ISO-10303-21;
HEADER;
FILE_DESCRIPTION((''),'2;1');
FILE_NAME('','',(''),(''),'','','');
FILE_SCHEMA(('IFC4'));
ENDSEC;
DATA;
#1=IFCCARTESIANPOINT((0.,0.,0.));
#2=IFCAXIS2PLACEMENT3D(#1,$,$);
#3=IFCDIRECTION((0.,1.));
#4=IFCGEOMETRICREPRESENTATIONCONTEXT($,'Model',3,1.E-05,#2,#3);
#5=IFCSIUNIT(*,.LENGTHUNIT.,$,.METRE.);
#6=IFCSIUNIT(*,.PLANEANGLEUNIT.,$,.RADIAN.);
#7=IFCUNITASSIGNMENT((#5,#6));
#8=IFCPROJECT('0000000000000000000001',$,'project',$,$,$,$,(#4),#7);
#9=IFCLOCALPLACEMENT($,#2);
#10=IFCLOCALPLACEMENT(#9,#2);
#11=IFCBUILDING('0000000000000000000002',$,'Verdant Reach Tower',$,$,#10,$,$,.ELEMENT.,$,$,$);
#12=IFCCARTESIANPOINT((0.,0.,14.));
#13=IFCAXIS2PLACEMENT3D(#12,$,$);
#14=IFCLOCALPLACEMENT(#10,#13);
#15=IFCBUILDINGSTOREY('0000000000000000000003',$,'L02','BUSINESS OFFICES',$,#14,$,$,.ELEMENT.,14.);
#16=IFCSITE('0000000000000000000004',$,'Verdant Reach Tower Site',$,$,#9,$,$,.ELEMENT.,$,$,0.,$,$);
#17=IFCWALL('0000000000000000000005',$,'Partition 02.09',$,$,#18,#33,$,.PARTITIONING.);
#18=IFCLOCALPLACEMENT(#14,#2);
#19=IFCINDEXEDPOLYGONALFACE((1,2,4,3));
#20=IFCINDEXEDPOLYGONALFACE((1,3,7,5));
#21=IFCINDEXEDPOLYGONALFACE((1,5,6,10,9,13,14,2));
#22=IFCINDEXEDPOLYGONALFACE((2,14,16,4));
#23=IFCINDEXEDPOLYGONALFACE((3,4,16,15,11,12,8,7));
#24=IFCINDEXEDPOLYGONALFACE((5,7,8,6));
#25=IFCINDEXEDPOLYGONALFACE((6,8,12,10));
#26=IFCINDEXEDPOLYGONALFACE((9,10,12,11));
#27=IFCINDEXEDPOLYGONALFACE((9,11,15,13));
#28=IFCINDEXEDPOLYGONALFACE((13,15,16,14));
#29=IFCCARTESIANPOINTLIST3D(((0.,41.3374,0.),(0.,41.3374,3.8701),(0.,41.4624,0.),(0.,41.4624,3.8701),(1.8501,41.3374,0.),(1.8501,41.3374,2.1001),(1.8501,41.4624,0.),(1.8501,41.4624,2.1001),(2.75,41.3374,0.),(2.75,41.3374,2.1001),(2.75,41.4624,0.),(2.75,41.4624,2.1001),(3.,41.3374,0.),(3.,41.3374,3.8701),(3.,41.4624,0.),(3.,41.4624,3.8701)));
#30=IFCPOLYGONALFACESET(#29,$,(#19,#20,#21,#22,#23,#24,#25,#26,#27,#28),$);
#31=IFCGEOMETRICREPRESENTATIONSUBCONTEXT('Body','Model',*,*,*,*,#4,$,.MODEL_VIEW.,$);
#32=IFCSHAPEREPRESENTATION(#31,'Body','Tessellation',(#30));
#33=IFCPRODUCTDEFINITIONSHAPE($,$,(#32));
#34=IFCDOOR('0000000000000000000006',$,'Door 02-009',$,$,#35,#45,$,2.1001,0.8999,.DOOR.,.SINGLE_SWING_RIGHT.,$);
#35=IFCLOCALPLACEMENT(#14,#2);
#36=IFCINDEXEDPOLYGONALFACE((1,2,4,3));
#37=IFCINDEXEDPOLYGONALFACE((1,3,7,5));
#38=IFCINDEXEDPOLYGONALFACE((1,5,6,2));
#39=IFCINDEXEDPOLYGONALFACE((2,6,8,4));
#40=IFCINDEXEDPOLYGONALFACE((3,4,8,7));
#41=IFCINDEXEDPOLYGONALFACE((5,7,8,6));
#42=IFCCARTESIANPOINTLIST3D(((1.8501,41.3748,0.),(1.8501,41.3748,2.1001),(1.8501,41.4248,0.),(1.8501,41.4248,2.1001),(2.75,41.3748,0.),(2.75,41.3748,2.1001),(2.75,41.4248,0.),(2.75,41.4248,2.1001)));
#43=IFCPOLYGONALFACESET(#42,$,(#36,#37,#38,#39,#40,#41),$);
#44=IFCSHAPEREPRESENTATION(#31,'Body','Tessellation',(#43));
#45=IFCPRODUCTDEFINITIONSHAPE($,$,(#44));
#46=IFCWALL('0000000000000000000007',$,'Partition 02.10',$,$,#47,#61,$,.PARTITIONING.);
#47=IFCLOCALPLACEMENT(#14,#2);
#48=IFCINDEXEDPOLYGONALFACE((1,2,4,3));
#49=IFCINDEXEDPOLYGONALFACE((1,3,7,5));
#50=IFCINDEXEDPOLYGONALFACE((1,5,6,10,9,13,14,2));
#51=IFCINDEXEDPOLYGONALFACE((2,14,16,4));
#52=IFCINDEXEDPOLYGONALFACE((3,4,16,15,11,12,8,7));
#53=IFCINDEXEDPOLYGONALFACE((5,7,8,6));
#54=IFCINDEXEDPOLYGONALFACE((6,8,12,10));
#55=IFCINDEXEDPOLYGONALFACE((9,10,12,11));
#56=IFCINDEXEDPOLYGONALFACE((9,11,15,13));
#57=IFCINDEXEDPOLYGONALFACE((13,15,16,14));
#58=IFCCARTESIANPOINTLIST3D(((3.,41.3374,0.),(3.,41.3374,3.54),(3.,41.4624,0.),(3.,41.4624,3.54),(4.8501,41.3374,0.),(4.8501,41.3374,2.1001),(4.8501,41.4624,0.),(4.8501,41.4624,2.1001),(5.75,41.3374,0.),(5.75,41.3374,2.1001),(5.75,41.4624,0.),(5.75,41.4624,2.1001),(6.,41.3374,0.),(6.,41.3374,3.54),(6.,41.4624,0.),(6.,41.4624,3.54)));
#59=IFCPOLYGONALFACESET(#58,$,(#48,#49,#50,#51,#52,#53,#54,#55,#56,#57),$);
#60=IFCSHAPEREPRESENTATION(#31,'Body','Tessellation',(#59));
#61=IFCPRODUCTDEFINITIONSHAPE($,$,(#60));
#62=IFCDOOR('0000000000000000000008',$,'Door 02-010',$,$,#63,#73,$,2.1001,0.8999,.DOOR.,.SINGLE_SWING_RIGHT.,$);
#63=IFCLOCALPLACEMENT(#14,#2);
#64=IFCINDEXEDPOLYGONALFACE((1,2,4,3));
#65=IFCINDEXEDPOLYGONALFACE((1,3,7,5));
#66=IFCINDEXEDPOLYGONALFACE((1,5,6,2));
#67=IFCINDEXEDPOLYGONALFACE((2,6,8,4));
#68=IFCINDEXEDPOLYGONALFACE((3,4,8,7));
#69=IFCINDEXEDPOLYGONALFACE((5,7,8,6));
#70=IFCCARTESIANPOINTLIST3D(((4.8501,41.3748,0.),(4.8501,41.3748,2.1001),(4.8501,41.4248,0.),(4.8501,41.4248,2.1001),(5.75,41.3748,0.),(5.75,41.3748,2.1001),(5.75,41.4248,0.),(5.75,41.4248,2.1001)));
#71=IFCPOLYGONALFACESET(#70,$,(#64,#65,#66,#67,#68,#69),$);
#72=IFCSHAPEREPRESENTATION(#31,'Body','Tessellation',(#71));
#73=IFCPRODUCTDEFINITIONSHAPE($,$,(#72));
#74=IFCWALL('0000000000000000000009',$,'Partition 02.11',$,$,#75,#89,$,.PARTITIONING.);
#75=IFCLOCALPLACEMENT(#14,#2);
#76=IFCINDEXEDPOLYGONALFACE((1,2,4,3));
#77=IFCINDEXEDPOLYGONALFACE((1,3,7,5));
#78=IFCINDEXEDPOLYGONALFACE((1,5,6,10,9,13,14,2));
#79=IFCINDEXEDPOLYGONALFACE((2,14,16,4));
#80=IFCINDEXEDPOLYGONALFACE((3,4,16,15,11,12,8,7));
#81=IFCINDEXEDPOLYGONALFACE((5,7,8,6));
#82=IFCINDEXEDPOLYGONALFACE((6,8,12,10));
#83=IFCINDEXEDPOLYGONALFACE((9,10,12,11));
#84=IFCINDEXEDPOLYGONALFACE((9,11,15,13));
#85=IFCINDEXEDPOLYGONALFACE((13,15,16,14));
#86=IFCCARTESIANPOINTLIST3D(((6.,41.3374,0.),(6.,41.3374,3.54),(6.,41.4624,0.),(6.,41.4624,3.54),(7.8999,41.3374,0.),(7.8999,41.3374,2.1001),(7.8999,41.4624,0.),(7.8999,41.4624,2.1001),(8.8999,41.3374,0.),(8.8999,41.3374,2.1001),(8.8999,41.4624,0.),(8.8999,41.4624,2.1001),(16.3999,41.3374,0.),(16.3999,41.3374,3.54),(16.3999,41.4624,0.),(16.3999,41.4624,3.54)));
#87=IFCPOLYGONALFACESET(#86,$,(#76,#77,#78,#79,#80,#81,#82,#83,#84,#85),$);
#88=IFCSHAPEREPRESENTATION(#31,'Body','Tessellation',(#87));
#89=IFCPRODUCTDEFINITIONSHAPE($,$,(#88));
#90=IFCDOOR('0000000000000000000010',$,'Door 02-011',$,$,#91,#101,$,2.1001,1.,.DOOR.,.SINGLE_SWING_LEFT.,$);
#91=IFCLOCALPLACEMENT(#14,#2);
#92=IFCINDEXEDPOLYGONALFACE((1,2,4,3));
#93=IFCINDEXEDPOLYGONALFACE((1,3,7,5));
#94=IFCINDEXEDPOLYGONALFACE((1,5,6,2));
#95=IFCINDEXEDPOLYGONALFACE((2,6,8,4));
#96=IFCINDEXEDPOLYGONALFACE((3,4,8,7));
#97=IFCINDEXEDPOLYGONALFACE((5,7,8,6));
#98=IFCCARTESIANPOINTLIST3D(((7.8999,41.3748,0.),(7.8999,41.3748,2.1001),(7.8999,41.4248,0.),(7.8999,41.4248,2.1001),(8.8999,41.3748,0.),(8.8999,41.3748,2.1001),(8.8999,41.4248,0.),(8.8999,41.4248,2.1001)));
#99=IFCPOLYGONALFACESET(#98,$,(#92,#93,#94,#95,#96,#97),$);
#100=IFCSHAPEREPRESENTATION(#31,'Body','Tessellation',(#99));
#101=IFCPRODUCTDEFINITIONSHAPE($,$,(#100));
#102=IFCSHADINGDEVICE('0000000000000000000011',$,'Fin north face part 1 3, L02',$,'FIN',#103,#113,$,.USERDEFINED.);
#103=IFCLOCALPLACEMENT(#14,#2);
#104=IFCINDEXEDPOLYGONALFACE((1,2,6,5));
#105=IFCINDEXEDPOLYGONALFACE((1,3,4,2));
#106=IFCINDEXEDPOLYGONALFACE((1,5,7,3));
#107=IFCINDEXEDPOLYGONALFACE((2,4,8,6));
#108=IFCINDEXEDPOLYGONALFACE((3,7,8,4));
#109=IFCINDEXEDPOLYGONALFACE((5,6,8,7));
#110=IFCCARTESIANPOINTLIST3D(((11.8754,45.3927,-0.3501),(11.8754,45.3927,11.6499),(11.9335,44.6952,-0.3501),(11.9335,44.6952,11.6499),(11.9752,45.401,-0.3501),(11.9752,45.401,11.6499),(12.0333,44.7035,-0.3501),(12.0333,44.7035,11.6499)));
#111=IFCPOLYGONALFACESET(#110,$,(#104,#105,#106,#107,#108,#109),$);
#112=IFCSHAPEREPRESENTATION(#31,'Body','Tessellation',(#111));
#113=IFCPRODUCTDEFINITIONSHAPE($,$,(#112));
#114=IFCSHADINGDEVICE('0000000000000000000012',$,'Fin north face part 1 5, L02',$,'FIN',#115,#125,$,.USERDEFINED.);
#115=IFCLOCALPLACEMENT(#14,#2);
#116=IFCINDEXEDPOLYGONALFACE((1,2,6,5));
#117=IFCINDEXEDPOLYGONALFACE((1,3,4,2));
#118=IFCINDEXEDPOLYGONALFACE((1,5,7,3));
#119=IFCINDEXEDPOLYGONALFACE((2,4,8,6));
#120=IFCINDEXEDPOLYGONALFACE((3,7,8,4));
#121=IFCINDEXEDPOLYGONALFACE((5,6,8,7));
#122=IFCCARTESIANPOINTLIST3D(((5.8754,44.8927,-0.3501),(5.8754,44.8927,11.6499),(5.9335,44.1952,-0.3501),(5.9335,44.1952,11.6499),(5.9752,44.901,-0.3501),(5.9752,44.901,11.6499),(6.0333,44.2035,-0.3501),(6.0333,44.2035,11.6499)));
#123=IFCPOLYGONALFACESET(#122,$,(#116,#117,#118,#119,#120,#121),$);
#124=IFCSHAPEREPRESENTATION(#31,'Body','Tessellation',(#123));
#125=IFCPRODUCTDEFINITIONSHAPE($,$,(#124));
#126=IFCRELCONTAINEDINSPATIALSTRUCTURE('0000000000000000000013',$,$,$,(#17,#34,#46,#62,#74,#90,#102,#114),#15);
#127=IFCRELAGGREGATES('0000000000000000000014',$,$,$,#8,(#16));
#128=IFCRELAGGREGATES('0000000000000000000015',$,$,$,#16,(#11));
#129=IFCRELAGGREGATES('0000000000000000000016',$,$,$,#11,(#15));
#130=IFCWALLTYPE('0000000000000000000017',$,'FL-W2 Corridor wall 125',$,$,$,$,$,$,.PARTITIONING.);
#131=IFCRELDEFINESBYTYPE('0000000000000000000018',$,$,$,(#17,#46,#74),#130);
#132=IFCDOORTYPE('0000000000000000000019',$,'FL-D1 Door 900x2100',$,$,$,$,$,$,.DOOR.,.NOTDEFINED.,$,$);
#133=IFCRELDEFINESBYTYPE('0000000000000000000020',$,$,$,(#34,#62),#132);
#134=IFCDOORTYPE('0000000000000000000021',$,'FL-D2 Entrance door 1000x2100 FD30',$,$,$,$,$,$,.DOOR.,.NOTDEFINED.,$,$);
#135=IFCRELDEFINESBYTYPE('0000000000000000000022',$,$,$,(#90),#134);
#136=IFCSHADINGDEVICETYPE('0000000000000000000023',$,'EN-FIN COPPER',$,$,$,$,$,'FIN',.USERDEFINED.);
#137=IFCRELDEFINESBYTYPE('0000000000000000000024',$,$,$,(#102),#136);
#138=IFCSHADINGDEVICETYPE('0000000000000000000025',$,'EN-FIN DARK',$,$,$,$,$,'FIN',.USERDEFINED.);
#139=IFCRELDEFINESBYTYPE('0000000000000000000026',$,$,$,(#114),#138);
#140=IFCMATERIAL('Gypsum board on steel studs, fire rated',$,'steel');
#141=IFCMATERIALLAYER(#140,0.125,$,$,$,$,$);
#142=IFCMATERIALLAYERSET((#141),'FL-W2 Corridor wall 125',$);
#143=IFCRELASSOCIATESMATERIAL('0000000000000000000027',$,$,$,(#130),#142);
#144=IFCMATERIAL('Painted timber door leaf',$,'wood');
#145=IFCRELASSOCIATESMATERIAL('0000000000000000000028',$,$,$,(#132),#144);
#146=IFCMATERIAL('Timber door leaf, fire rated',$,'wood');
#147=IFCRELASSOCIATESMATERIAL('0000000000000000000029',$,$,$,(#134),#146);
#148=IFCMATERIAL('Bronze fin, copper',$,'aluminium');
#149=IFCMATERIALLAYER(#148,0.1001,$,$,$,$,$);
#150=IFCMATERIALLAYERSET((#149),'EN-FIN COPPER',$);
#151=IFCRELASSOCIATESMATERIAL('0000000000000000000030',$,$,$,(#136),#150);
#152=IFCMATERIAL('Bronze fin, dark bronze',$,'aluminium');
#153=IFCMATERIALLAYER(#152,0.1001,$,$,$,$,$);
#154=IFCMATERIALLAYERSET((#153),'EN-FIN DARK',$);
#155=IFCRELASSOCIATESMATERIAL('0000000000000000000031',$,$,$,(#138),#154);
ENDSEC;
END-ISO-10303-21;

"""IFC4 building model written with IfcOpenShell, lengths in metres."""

from ifc_helpers import new_model, si_unit, direction, frame, frame_2d, origin, origin_2d, place, context, subcontext, project, spatial, rectangle, extrude, material, layer, layer_set, type_object, element, fill, save


model = new_model("IFC4")

# Units and contexts
model_context = context("Model", 3, precision=1e-05, world=origin(), true_north=direction((0.0, 1.0)))
body_context = subcontext(model_context, "Body", "Model", "MODEL_VIEW")
ifc_project = project(units=[si_unit("LENGTHUNIT", "METRE"), si_unit("PLANEANGLEUNIT", "RADIAN")], contexts=[model_context])

# Site, building, storey
site_placement = place(None, origin())
site = spatial("IfcSite", under=ifc_project, at=site_placement, Name="Verdant Reach Tower Site", CompositionType="ELEMENT", RefElevation=0.0)
building_placement = place(site_placement, origin())
building = spatial("IfcBuilding", under=site, at=building_placement, Name="Verdant Reach Tower", CompositionType="ELEMENT")
storey_placement = place(building_placement, frame((0.0, 0.0, 14.0)))
storey = spatial("IfcBuildingStorey", under=building, at=storey_placement, Name="L02", Description="BUSINESS OFFICES", CompositionType="ELEMENT", Elevation=14.0)

# Walls, openings, doors
ifc_material_1 = material(Name="Gypsum board on steel studs, fire rated", Category="steel")
ifc_layer_1 = layer(ifc_material_1, 0.125)
ifc_layer_set_1 = layer_set([ifc_layer_1], Name="FL-W2 Corridor wall 125")
wall_type_1 = type_object("IfcWallType", Name="FL-W2 Corridor wall 125", PredefinedType="PARTITIONING", material=ifc_layer_set_1)
wall_1_placement = place(storey_placement, frame((0.0, 41.3999, 0.0), z_axis=(0.0, 0.0, 1.0), x_axis=(1.0, 0.0, 0.0)))
wall_1 = element("IfcWall", 1, at=wall_1_placement, inside=storey, type_object=wall_type_1, Name="Partition 02.09", PredefinedType="PARTITIONING", context=body_context, shape_type="SweptSolid", body=[
    extrude(rectangle(XDim=3.0, YDim=0.125, at=frame_2d((1.5, 0.0))), origin(), (0.0, 0.0, 1.0), 3.8701),
])
opening_1_placement = place(wall_1_placement, frame((1.8501, 0.0, 0.0)))
opening_1 = element("IfcOpeningElement", 2, at=opening_1_placement, cuts=wall_1, PredefinedType="OPENING", context=body_context, shape_type="SweptSolid", body=[
    extrude(rectangle(XDim=0.8999, YDim=2.1001, at=frame_2d((0.45, 1.05))), frame((0.0, 0.0725, 0.0), z_axis=(0.0, -1.0, 0.0), x_axis=(1.0, 0.0, 0.0)), (0.0, 0.0, 1.0), 0.145),
])
ifc_material_2 = material(Name="Painted timber door leaf", Category="wood")
door_type_1 = type_object("IfcDoorType", Name="FL-D1 Door 900x2100", OperationType="NOTDEFINED", PredefinedType="DOOR", material=ifc_material_2)
door_1_placement = place(opening_1_placement, origin())
door_1 = element("IfcDoor", 3, at=door_1_placement, inside=storey, type_object=door_type_1, Name="Door 02-009", OperationType="SINGLE_SWING_RIGHT", OverallHeight=2.1001, OverallWidth=0.8999, PredefinedType="DOOR", context=body_context, shape_type="SweptSolid", body=[
    extrude(rectangle(XDim=0.8999, YDim=2.1001, at=frame_2d((0.45, 1.05))), frame((0.0, 0.0249, 0.0), z_axis=(0.0, -1.0, 0.0), x_axis=(1.0, 0.0, 0.0)), (0.0, 0.0, 1.0), 0.05),
])
fill(opening_1, door_1)
wall_2_placement = place(storey_placement, frame((3.0, 41.3999, 0.0), z_axis=(0.0, 0.0, 1.0), x_axis=(1.0, 0.0, 0.0)))
wall_2 = element("IfcWall", 4, at=wall_2_placement, inside=storey, type_object=wall_type_1, Name="Partition 02.10", PredefinedType="PARTITIONING", context=body_context, shape_type="SweptSolid", body=[
    extrude(rectangle(XDim=3.0, YDim=0.125, at=frame_2d((1.5, 0.0))), origin(), (0.0, 0.0, 1.0), 3.54),
])
opening_2_placement = place(wall_2_placement, frame((1.8501, 0.0, 0.0)))
opening_2 = element("IfcOpeningElement", 5, at=opening_2_placement, cuts=wall_2, PredefinedType="OPENING", context=body_context, shape_type="SweptSolid", body=[
    extrude(rectangle(XDim=0.8999, YDim=2.1001, at=frame_2d((0.45, 1.05))), frame((0.0, 0.0725, 0.0), z_axis=(0.0, -1.0, 0.0), x_axis=(1.0, 0.0, 0.0)), (0.0, 0.0, 1.0), 0.145),
])
door_2_placement = place(opening_2_placement, origin())
door_2 = element("IfcDoor", 6, at=door_2_placement, inside=storey, type_object=door_type_1, Name="Door 02-010", OperationType="SINGLE_SWING_RIGHT", OverallHeight=2.1001, OverallWidth=0.8999, PredefinedType="DOOR", context=body_context, shape_type="SweptSolid", body=[
    extrude(rectangle(XDim=0.8999, YDim=2.1001, at=frame_2d((0.45, 1.05))), frame((0.0, 0.0249, 0.0), z_axis=(0.0, -1.0, 0.0), x_axis=(1.0, 0.0, 0.0)), (0.0, 0.0, 1.0), 0.05),
])
fill(opening_2, door_2)
wall_3_placement = place(storey_placement, frame((6.0, 41.3999, 0.0), z_axis=(0.0, 0.0, 1.0), x_axis=(1.0, 0.0, 0.0)))
wall_3 = element("IfcWall", 7, at=wall_3_placement, inside=storey, type_object=wall_type_1, Name="Partition 02.11", PredefinedType="PARTITIONING", context=body_context, shape_type="SweptSolid", body=[
    extrude(rectangle(XDim=10.3999, YDim=0.125, at=frame_2d((5.2, 0.0))), origin(), (0.0, 0.0, 1.0), 3.54),
])
opening_3_placement = place(wall_3_placement, frame((1.8999, 0.0, 0.0)))
opening_3 = element("IfcOpeningElement", 8, at=opening_3_placement, cuts=wall_3, PredefinedType="OPENING", context=body_context, shape_type="SweptSolid", body=[
    extrude(rectangle(XDim=1.0, YDim=2.1001, at=frame_2d((0.5, 1.05))), frame((0.0, 0.0725, 0.0), z_axis=(0.0, -1.0, 0.0), x_axis=(1.0, 0.0, 0.0)), (0.0, 0.0, 1.0), 0.145),
])
ifc_material_3 = material(Name="Timber door leaf, fire rated", Category="wood")
door_type_2 = type_object("IfcDoorType", Name="FL-D2 Entrance door 1000x2100 FD30", OperationType="NOTDEFINED", PredefinedType="DOOR", material=ifc_material_3)
door_3_placement = place(opening_3_placement, origin())
door_3 = element("IfcDoor", 9, at=door_3_placement, inside=storey, type_object=door_type_2, Name="Door 02-011", OperationType="SINGLE_SWING_LEFT", OverallHeight=2.1001, OverallWidth=1.0, PredefinedType="DOOR", context=body_context, shape_type="SweptSolid", body=[
    extrude(rectangle(XDim=1.0, YDim=2.1001, at=frame_2d((0.5, 1.05))), frame((0.0, 0.0249, 0.0), z_axis=(0.0, -1.0, 0.0), x_axis=(1.0, 0.0, 0.0)), (0.0, 0.0, 1.0), 0.05),
])
fill(opening_3, door_3)

# Shading devices
ifc_material_4 = material(Name="Bronze fin, copper", Category="aluminium")
ifc_layer_2 = layer(ifc_material_4, 0.1001)
ifc_layer_set_2 = layer_set([ifc_layer_2], Name="EN-FIN COPPER")
shading_device_type_1 = type_object("IfcShadingDeviceType", Name="EN-FIN COPPER", ElementType="FIN", PredefinedType="USERDEFINED", material=ifc_layer_set_2)
shading_device_1_placement = place(storey_placement, frame((11.9543, 45.0481, -0.3501), z_axis=(0.0, 0.0, 1.0), x_axis=(-0.996546, -0.083045, 0.0)))
element("IfcShadingDevice", 10, at=shading_device_1_placement, inside=storey, type_object=shading_device_type_1, Name="Fin north face part 1 3, L02", ObjectType="FIN", PredefinedType="USERDEFINED", context=body_context, shape_type="SweptSolid", body=[
    extrude(rectangle(XDim=0.1001, YDim=0.7, at=origin_2d()), origin(), (0.0, 0.0, 1.0), 12.0),
])
ifc_material_5 = material(Name="Bronze fin, dark bronze", Category="aluminium")
ifc_layer_3 = layer(ifc_material_5, 0.1001)
ifc_layer_set_3 = layer_set([ifc_layer_3], Name="EN-FIN DARK")
shading_device_type_2 = type_object("IfcShadingDeviceType", Name="EN-FIN DARK", ElementType="FIN", PredefinedType="USERDEFINED", material=ifc_layer_set_3)
shading_device_2_placement = place(storey_placement, frame((5.9543, 44.5481, -0.3501), z_axis=(0.0, 0.0, 1.0), x_axis=(-0.996546, -0.083045, 0.0)))
element("IfcShadingDevice", 11, at=shading_device_2_placement, inside=storey, type_object=shading_device_type_2, Name="Fin north face part 1 5, L02", ObjectType="FIN", PredefinedType="USERDEFINED", context=body_context, shape_type="SweptSolid", body=[
    extrude(rectangle(XDim=0.1001, YDim=0.7, at=origin_2d()), origin(), (0.0, 0.0, 1.0), 12.0),
])

save(model, "model.ifc")
